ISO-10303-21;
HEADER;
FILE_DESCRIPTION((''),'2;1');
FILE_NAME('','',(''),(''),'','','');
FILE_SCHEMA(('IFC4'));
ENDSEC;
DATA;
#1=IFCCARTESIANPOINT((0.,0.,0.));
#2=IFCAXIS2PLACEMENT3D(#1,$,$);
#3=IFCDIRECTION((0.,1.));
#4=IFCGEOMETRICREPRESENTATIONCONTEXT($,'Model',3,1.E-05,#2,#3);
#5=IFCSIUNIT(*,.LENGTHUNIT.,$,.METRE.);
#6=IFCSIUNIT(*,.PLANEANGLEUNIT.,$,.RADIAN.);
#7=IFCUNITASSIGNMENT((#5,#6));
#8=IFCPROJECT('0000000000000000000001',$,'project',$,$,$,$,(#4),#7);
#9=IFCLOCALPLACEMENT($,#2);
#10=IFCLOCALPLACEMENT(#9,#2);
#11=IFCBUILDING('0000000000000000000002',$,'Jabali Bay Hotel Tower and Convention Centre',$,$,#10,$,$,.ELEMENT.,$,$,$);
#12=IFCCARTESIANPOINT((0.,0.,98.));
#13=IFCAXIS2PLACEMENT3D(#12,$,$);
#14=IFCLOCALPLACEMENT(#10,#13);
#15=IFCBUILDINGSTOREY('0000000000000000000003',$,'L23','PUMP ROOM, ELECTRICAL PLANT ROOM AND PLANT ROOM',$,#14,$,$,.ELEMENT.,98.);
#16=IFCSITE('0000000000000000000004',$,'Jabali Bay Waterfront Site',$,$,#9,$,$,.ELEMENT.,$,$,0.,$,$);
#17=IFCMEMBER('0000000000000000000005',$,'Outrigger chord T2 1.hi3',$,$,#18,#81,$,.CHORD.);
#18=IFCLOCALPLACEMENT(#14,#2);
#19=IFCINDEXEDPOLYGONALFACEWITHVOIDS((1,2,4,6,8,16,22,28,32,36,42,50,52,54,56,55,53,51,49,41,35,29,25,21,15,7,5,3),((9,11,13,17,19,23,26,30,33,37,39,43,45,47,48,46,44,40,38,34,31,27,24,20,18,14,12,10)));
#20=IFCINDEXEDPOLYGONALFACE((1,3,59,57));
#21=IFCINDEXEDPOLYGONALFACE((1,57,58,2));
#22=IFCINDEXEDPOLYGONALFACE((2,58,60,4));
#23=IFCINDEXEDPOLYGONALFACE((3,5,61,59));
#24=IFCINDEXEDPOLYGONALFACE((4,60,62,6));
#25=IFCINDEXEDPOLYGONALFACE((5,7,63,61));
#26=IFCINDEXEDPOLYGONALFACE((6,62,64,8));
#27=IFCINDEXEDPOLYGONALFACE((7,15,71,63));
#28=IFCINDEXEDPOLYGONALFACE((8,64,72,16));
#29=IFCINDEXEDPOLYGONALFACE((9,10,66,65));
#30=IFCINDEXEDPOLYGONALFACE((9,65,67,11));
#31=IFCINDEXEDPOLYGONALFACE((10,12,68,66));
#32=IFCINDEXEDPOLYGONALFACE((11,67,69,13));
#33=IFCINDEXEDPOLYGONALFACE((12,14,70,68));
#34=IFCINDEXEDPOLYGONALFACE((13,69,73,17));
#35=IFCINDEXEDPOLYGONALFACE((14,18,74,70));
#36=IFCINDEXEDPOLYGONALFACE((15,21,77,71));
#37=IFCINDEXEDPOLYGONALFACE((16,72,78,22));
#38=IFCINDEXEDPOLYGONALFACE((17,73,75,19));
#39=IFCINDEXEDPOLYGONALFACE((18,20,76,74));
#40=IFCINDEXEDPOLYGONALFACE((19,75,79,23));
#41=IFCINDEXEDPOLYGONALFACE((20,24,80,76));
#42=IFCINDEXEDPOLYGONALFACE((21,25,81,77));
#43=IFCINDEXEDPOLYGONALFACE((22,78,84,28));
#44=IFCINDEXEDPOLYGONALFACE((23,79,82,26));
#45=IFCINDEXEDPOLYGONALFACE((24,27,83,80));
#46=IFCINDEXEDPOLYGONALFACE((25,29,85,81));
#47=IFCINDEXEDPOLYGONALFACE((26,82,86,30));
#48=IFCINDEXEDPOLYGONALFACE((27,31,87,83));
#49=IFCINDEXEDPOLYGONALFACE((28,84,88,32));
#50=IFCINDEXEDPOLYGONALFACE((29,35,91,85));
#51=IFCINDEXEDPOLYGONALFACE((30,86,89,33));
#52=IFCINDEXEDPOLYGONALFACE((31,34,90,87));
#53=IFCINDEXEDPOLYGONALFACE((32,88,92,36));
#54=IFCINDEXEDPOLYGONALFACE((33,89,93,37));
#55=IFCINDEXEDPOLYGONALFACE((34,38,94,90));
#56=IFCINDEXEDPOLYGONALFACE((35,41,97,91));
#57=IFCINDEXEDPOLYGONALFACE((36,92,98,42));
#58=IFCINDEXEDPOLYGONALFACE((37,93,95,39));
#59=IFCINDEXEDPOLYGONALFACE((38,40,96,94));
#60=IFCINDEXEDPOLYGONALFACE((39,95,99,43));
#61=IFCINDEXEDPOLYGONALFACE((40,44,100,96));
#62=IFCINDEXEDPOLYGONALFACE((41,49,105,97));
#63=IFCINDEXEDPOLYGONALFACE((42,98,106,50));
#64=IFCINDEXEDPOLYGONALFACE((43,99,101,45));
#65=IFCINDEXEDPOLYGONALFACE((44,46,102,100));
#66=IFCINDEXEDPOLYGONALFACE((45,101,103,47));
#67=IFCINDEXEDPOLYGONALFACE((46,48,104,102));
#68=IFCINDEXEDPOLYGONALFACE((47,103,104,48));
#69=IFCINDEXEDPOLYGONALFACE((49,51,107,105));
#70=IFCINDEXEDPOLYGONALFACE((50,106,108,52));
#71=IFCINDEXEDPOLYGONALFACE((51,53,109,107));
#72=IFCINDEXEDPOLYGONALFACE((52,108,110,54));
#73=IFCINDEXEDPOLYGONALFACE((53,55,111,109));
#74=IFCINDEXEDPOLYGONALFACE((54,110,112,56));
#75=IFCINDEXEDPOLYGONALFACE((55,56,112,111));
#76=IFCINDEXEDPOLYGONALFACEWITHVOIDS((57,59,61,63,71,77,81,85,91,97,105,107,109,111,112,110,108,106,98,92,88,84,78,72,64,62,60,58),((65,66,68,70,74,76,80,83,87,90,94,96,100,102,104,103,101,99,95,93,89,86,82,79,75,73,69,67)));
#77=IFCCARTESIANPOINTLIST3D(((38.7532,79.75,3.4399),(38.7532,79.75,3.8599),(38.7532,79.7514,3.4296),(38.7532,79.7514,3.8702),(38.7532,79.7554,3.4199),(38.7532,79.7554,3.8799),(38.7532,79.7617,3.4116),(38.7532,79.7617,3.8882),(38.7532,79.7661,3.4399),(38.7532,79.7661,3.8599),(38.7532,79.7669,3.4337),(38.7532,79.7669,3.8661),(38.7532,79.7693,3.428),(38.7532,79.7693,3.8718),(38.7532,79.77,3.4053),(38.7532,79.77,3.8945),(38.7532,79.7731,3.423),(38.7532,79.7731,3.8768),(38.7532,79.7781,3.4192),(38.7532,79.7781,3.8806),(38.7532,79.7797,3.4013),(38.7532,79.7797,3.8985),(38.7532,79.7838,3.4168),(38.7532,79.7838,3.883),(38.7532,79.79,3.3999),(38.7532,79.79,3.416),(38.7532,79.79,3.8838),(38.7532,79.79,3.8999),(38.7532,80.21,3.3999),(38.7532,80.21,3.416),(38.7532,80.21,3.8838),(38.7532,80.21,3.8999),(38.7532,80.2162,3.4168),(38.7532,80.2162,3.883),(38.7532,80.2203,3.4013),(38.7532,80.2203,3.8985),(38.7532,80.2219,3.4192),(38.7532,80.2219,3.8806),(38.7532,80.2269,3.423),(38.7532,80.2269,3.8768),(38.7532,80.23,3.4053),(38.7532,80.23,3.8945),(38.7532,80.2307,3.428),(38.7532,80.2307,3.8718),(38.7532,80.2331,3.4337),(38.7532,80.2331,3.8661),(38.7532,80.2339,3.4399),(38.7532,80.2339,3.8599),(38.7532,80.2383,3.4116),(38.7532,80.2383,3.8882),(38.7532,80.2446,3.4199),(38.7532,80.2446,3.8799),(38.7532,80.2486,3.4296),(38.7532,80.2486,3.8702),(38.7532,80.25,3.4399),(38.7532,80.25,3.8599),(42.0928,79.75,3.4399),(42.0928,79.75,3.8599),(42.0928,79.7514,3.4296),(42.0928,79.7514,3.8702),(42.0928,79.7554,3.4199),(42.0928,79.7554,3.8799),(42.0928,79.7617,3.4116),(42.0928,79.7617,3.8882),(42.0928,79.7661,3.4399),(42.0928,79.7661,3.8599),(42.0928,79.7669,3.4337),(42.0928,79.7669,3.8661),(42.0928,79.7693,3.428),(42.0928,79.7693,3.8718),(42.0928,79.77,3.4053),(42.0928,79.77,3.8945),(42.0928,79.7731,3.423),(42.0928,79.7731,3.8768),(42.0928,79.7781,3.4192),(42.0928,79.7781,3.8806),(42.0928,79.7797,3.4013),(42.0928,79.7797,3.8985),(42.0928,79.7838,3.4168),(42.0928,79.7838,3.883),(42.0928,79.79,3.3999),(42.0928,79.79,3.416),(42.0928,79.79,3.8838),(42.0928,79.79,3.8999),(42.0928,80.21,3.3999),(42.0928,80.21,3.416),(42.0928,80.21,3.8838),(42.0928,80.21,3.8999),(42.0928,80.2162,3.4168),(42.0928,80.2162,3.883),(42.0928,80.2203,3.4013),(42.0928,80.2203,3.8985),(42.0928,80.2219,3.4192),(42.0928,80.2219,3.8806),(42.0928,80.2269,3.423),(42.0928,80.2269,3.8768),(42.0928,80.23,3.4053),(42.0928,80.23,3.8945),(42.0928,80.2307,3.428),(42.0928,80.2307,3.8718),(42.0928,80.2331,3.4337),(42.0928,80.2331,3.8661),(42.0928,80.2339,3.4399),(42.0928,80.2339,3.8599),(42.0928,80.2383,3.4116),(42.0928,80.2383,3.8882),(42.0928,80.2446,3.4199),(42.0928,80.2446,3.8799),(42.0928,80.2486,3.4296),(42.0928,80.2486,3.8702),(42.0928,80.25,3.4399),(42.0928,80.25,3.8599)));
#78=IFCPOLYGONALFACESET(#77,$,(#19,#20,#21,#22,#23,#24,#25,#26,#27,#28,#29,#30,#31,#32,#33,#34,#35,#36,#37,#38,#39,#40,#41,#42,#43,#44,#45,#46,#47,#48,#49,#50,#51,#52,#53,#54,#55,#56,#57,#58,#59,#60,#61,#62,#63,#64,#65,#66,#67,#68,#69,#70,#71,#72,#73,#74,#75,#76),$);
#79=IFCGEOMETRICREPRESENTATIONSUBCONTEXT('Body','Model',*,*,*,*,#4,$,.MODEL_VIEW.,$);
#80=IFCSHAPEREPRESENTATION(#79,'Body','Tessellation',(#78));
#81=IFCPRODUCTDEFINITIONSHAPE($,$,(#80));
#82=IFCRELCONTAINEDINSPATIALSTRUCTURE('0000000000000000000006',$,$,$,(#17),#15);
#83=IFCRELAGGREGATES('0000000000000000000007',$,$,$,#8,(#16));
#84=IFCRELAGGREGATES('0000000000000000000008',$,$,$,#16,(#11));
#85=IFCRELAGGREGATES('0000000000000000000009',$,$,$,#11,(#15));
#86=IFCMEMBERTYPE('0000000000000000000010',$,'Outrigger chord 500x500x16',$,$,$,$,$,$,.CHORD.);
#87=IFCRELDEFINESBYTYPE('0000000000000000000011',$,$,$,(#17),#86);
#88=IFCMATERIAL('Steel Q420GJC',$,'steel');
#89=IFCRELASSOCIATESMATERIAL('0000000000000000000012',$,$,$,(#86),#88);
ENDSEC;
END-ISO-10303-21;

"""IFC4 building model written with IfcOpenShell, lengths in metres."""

from ifc_helpers import new_model, si_unit, direction, frame, origin, origin_2d, place, context, subcontext, project, spatial, hollow_rectangle, extrude, material, material_profile, profile_set, type_object, element, save


model = new_model("IFC4")

# Units and contexts
model_context = context("Model", 3, precision=1e-05, world=origin(), true_north=direction((0.0, 1.0)))
body_context = subcontext(model_context, "Body", "Model", "MODEL_VIEW")
ifc_project = project(units=[si_unit("LENGTHUNIT", "METRE"), si_unit("PLANEANGLEUNIT", "RADIAN")], contexts=[model_context])

# Site, building, storey
site_placement = place(None, origin())
site = spatial("IfcSite", under=ifc_project, at=site_placement, Name="Jabali Bay Waterfront Site", CompositionType="ELEMENT", RefElevation=0.0)
building_placement = place(site_placement, origin())
building = spatial("IfcBuilding", under=site, at=building_placement, Name="Jabali Bay Hotel Tower and Convention Centre", CompositionType="ELEMENT")
storey_placement = place(building_placement, frame((0.0, 0.0, 98.0)))
storey = spatial("IfcBuildingStorey", under=building, at=storey_placement, Name="L23", Description="PUMP ROOM, ELECTRICAL PLANT ROOM AND PLANT ROOM", CompositionType="ELEMENT", Elevation=98.0)

# Member
ifc_material_1 = material(Name="Steel Q420GJC", Category="steel")
ifc_material_profile_1 = material_profile(ifc_material_1, hollow_rectangle(XDim=0.5, YDim=0.5, WallThickness=0.0161, InnerFilletRadius=0.0239, OuterFilletRadius=0.04, at=origin_2d()), Name="Outrigger chord 500x500x16")
ifc_profile_set_1 = profile_set([ifc_material_profile_1], Name="Steel Q420GJC")
member_type_1 = type_object("IfcMemberType", Name="Outrigger chord 500x500x16", PredefinedType="CHORD", material=ifc_profile_set_1)
member_1_placement = place(storey_placement, frame((42.0928, 80.0, 3.6499), z_axis=(-1.0, 0.0, 0.0), x_axis=(0.0, -1.0, 0.0)))
element("IfcMember", 1, at=member_1_placement, inside=storey, type_object=member_type_1, Name="Outrigger chord T2 1.hi3", PredefinedType="CHORD", context=body_context, shape_type="SweptSolid", body=[
    extrude(hollow_rectangle(XDim=0.5, YDim=0.5, WallThickness=0.0161, InnerFilletRadius=0.0239, OuterFilletRadius=0.04, at=origin_2d()), origin(), (0.0, 0.0, 1.0), 3.3396),
])

save(model, "model.ifc")
